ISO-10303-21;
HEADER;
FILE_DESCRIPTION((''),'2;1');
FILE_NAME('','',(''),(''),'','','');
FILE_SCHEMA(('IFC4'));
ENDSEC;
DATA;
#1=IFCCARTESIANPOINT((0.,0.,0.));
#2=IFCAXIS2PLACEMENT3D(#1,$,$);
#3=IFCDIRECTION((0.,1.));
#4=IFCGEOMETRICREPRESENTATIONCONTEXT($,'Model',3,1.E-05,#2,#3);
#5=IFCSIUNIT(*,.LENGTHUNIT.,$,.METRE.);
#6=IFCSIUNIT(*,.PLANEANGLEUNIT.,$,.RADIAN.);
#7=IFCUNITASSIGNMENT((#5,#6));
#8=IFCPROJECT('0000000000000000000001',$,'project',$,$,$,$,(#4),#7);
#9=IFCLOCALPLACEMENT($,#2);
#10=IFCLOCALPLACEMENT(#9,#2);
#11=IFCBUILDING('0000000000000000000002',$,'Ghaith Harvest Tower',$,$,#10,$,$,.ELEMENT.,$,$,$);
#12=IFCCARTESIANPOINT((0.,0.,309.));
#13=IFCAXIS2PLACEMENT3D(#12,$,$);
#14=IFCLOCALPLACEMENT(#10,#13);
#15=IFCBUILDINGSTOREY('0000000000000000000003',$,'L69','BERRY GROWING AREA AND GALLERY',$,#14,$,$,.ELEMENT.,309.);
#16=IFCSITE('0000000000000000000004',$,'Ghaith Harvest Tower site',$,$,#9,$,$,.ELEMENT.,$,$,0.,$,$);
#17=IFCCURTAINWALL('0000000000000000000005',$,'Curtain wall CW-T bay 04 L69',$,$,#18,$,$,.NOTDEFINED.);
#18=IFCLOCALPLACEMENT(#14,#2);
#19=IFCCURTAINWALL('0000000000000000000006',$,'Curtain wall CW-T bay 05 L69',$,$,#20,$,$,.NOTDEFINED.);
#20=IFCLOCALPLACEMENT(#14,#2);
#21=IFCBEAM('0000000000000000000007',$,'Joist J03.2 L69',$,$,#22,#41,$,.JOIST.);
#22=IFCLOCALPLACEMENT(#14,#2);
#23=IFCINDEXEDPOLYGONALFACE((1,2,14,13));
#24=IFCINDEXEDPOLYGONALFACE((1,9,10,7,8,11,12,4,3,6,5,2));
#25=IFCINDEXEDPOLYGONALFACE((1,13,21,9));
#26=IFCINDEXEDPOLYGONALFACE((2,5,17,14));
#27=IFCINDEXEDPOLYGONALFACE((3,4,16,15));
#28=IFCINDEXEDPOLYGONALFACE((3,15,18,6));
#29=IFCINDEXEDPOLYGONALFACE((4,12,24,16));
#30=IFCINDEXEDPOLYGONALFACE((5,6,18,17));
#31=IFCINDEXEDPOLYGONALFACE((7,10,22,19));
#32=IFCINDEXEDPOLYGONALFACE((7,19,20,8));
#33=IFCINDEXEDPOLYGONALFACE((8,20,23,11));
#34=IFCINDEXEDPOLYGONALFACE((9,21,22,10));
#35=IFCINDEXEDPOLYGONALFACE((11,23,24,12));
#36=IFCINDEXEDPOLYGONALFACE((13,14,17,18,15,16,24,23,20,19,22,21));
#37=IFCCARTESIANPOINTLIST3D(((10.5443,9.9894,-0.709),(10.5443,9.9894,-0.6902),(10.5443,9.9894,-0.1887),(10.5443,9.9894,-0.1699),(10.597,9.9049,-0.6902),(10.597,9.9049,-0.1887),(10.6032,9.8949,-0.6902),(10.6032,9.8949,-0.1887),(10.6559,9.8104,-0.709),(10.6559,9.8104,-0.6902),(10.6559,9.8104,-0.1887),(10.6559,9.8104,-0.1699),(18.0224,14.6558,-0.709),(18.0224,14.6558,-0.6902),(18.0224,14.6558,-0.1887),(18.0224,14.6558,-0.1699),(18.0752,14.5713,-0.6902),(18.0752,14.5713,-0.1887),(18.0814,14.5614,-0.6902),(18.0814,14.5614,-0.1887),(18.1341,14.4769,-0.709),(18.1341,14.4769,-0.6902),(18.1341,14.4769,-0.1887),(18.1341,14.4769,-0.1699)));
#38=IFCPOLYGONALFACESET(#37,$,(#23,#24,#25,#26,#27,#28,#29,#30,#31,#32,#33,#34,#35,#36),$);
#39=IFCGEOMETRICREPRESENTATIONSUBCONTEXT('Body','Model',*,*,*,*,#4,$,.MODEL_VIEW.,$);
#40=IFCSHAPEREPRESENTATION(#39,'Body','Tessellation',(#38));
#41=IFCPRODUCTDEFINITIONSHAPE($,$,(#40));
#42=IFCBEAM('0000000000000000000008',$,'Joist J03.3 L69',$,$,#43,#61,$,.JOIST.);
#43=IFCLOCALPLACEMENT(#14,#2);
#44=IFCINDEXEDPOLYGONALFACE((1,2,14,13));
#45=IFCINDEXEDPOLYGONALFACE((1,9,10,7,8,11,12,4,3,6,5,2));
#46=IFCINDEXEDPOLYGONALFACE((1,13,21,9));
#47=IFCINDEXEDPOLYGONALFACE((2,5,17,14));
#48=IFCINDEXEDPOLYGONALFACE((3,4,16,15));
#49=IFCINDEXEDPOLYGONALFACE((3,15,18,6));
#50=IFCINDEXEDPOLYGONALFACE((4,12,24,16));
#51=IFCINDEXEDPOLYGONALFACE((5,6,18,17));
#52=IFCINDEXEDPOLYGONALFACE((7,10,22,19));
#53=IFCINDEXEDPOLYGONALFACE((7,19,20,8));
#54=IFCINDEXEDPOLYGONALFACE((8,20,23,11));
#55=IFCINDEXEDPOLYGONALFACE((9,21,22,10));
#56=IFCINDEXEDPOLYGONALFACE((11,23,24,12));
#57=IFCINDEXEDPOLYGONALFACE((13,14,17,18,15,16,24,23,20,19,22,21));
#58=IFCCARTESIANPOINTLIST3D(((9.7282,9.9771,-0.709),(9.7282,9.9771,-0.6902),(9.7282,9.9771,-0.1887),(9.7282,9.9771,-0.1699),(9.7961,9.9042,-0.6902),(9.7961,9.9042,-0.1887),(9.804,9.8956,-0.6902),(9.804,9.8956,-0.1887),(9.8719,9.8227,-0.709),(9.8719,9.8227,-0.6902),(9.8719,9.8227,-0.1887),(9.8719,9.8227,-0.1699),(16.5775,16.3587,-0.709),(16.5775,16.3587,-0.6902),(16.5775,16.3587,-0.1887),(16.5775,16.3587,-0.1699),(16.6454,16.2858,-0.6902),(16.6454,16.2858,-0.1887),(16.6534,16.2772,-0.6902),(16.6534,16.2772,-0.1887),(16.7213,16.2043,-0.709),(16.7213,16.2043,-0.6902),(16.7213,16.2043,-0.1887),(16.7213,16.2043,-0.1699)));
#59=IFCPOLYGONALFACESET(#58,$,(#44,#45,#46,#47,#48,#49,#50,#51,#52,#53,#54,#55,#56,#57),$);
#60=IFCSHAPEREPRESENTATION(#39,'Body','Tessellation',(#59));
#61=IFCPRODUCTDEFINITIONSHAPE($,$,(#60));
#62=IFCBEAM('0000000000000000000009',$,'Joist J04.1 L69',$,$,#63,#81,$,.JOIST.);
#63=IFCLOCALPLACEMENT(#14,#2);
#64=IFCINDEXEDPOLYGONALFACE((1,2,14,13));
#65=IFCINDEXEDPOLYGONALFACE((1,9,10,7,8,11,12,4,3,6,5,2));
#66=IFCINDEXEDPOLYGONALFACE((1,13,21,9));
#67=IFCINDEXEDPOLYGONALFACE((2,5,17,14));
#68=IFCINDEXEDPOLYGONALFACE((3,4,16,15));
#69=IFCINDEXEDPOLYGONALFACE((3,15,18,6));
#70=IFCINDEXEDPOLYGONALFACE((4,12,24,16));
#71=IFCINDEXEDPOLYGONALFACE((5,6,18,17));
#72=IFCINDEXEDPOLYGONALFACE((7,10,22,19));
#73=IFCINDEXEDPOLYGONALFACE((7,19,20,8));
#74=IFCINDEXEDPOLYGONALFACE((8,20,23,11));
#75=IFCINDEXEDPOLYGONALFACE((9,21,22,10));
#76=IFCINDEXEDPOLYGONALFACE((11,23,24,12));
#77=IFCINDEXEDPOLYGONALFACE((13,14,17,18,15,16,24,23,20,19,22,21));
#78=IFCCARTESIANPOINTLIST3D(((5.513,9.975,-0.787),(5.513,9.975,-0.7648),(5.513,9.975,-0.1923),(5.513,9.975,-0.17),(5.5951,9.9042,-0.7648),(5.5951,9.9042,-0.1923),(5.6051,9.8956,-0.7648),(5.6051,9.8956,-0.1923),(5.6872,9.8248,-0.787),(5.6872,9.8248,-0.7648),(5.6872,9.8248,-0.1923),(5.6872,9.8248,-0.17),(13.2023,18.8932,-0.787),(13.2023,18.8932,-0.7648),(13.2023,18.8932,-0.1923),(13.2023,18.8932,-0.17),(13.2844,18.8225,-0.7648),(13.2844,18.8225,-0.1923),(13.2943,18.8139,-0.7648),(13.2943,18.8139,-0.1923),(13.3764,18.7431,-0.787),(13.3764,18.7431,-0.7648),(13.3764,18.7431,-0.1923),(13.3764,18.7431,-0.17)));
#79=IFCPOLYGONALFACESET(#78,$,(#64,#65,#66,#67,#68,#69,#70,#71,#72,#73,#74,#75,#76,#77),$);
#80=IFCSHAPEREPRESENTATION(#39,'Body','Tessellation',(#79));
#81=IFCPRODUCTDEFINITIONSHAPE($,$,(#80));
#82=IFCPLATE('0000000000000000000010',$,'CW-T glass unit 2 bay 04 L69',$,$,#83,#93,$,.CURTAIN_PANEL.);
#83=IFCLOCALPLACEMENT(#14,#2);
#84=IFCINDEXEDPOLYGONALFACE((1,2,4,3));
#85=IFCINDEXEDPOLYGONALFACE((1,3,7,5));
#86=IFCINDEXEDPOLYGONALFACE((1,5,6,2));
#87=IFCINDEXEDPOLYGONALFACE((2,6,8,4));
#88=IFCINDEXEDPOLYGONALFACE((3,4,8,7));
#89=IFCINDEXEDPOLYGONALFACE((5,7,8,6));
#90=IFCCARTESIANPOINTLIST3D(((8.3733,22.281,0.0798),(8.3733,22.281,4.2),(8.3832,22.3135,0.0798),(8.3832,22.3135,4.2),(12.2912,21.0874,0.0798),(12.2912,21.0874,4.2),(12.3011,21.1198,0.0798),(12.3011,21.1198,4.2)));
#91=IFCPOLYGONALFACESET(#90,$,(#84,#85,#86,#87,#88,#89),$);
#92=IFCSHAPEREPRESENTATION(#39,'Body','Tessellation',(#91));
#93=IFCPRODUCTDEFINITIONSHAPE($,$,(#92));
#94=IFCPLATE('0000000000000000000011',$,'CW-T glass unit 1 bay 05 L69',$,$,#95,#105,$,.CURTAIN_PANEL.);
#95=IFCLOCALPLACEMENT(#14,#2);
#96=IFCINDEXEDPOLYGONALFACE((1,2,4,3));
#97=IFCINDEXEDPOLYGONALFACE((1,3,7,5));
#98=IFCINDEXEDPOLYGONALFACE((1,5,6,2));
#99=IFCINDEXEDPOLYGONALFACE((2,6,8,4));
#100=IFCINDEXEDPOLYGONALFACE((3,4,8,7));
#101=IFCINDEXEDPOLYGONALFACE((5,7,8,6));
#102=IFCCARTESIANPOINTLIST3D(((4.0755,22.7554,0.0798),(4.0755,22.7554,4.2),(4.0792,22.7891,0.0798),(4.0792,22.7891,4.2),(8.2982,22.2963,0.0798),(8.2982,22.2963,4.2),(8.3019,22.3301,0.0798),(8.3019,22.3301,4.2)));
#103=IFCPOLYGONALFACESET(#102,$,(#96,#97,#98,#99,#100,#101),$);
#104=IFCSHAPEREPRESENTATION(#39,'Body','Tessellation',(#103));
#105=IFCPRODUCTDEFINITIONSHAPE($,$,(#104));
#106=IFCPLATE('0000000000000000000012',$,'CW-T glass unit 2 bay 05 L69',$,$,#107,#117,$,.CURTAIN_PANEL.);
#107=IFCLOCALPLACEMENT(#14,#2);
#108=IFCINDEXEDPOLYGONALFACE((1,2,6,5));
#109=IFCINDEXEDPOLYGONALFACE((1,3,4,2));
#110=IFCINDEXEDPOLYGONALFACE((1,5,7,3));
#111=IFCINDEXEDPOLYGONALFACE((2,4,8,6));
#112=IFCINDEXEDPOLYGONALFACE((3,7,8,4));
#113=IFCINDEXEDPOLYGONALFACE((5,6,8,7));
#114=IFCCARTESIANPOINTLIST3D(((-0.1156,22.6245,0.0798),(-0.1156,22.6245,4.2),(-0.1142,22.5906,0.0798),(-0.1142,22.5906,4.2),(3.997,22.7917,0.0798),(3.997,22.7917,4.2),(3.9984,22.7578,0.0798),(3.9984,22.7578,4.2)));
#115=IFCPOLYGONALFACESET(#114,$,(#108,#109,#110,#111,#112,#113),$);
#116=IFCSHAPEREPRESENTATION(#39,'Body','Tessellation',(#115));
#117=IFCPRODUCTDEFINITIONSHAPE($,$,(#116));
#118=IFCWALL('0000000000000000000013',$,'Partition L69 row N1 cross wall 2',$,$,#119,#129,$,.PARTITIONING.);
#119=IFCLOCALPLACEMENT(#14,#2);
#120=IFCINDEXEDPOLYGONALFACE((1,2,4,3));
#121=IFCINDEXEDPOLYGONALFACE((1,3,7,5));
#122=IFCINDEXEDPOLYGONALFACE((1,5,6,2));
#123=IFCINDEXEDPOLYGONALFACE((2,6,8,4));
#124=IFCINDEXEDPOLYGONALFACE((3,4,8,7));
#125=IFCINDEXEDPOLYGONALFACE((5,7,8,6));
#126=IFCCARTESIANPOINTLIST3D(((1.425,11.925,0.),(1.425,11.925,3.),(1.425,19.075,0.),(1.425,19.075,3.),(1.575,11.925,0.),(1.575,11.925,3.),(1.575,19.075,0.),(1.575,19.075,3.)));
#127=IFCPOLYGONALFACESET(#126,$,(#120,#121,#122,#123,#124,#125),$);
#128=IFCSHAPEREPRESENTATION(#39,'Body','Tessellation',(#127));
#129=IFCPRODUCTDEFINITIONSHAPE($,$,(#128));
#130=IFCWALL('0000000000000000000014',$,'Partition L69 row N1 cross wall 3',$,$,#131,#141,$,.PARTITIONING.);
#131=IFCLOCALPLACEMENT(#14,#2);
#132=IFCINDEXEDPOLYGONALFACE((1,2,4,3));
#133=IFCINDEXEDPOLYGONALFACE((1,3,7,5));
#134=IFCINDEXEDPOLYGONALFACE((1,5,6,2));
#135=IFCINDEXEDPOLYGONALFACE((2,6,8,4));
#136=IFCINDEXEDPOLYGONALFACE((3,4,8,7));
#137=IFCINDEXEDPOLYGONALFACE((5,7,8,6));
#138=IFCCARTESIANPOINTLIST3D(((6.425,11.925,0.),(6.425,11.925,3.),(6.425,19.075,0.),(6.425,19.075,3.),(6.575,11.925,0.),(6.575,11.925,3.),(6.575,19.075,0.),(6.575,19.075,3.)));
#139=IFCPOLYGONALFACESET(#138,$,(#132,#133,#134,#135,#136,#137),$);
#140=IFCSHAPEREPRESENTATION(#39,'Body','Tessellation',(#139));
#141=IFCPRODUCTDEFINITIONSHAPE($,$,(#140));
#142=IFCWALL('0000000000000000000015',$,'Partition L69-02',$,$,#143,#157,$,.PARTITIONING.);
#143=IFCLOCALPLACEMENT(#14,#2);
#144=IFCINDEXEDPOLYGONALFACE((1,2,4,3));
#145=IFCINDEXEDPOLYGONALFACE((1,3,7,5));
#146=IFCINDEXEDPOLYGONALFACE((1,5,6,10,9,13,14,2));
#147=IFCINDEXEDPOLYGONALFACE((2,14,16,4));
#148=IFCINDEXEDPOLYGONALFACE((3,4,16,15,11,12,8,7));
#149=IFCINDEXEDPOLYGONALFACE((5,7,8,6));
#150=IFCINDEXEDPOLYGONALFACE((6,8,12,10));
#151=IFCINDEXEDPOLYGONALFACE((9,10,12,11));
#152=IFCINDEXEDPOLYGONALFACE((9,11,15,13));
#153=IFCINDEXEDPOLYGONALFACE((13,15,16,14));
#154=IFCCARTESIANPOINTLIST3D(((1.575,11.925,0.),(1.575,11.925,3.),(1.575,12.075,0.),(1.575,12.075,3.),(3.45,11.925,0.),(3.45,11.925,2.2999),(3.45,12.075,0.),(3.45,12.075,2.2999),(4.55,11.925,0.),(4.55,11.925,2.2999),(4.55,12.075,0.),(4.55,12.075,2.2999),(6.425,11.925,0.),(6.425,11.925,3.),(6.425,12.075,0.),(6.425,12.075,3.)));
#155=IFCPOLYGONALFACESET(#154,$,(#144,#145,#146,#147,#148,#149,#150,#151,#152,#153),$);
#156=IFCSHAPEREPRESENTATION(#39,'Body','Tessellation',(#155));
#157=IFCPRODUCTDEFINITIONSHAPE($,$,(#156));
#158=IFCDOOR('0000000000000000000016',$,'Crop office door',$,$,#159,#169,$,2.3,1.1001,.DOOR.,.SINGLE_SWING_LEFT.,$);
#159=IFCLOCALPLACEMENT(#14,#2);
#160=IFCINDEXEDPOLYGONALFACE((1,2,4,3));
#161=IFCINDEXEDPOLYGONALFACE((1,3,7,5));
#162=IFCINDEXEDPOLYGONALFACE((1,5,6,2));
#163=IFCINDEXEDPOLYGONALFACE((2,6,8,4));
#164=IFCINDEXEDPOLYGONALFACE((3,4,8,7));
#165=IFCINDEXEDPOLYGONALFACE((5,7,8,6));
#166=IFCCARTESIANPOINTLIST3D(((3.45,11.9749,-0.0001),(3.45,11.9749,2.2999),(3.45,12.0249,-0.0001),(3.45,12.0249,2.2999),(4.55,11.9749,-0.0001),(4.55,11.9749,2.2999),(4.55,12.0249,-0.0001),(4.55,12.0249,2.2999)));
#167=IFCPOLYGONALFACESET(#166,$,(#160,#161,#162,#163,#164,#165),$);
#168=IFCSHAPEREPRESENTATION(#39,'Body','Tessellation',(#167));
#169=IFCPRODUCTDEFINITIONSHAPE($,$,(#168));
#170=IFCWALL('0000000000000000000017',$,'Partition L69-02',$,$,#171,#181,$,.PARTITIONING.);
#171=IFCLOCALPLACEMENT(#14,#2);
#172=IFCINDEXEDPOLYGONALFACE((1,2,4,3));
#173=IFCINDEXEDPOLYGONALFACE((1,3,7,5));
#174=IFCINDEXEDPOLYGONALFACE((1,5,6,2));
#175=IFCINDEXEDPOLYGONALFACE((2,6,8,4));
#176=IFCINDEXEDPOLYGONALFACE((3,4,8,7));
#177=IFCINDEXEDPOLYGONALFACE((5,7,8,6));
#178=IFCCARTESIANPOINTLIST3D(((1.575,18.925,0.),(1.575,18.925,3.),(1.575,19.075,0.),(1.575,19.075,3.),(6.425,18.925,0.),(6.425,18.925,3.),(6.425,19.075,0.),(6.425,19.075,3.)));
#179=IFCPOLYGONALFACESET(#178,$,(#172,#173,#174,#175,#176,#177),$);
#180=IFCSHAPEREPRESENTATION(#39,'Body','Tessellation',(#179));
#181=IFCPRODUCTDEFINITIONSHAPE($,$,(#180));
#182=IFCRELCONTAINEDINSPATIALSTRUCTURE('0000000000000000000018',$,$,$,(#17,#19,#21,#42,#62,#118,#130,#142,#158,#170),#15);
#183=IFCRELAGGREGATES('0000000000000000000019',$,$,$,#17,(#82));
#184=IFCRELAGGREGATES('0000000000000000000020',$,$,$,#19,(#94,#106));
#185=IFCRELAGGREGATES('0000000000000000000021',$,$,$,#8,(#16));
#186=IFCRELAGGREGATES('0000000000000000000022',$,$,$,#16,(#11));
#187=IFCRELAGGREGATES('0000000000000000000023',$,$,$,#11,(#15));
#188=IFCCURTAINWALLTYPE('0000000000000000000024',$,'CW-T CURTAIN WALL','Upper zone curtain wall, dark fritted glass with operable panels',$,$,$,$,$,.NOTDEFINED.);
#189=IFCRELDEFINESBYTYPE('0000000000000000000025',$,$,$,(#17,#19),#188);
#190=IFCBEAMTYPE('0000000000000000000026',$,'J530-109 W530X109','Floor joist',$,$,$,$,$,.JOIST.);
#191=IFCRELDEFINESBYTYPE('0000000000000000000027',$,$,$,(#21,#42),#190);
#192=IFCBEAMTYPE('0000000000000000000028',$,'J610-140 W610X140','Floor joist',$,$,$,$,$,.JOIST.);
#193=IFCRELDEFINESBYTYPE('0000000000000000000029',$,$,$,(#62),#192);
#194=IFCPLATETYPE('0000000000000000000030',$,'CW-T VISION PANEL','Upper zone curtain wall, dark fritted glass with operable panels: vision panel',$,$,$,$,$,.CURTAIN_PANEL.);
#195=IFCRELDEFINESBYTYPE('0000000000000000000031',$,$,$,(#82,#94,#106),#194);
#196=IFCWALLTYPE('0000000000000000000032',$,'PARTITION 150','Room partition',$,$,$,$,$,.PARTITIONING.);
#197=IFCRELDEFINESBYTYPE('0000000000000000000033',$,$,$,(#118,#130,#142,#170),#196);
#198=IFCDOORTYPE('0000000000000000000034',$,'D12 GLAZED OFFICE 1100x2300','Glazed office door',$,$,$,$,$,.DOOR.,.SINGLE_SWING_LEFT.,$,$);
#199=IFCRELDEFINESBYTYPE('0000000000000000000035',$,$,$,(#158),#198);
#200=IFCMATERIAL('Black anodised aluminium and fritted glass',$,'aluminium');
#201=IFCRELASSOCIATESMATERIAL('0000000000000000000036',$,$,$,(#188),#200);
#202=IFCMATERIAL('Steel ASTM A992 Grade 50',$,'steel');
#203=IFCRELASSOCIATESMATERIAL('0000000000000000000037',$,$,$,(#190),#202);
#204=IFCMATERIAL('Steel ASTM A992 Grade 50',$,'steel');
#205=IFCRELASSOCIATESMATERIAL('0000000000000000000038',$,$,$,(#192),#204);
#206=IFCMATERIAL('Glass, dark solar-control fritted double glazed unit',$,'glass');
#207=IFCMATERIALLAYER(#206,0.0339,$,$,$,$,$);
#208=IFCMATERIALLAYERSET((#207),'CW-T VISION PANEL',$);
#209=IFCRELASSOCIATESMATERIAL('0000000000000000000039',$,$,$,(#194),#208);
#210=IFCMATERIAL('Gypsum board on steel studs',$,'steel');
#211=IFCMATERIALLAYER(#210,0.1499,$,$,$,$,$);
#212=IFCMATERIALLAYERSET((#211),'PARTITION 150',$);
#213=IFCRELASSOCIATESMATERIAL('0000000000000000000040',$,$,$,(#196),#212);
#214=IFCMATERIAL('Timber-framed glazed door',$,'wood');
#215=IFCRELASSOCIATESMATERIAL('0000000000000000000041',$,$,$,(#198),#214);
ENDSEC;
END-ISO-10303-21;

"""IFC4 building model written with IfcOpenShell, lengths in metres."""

from ifc_helpers import new_model, si_unit, direction, frame, frame_2d, origin, origin_2d, place, context, subcontext, project, spatial, rectangle, i_section, extrude, material, layer, layer_set, material_profile, profile_set, type_object, element, fill, aggregate, save


model = new_model("IFC4")

# Units and contexts
model_context = context("Model", 3, precision=1e-05, world=origin(), true_north=direction((0.0, 1.0)))
body_context = subcontext(model_context, "Body", "Model", "MODEL_VIEW")
ifc_project = project(units=[si_unit("LENGTHUNIT", "METRE"), si_unit("PLANEANGLEUNIT", "RADIAN")], contexts=[model_context])

# Site, building, storey
site_placement = place(None, origin())
site = spatial("IfcSite", under=ifc_project, at=site_placement, Name="Ghaith Harvest Tower site", CompositionType="ELEMENT", RefElevation=0.0)
building_placement = place(site_placement, origin())
building = spatial("IfcBuilding", under=site, at=building_placement, Name="Ghaith Harvest Tower", CompositionType="ELEMENT")
storey_placement = place(building_placement, frame((0.0, 0.0, 309.0)))
storey = spatial("IfcBuildingStorey", under=building, at=storey_placement, Name="L69", Description="BERRY GROWING AREA AND GALLERY", CompositionType="ELEMENT", Elevation=309.0)

# Curtain wall
ifc_material_1 = material(Name="Black anodised aluminium and fritted glass", Category="aluminium")
curtain_wall_type = type_object("IfcCurtainWallType", Name="CW-T CURTAIN WALL", Description="Upper zone curtain wall, dark fritted glass with operable panels", PredefinedType="NOTDEFINED", material=ifc_material_1)
curtain_wall_1_placement = place(storey_placement, origin())
curtain_wall_1 = element("IfcCurtainWall", 1, at=curtain_wall_1_placement, inside=storey, type_object=curtain_wall_type, Name="Curtain wall CW-T bay 04 L69", PredefinedType="NOTDEFINED")

# Curtain wall
curtain_wall_2_placement = place(storey_placement, origin())
curtain_wall_2 = element("IfcCurtainWall", 2, at=curtain_wall_2_placement, inside=storey, type_object=curtain_wall_type, Name="Curtain wall CW-T bay 05 L69", PredefinedType="NOTDEFINED")

# Beams
ifc_material_2 = material(Name="Steel ASTM A992 Grade 50", Category="steel")
ifc_material_profile_1 = material_profile(ifc_material_2, i_section(OverallWidth=0.2109, OverallDepth=0.5391, WebThickness=0.0117, FlangeThickness=0.0188, at=origin_2d()), Name="W530X109")
ifc_profile_set_1 = profile_set([ifc_material_profile_1], Name="Steel ASTM A992 Grade 50")
beam_type_1 = type_object("IfcBeamType", Name="J530-109 W530X109", Description="Floor joist", PredefinedType="JOIST", material=ifc_profile_set_1)
beam_1_placement = place(storey_placement, frame((10.6001, 9.8999, -0.4395), z_axis=(0.848376, 0.529394, 0.0), x_axis=(-0.529394, 0.848376, 0.0)))
element("IfcBeam", 3, at=beam_1_placement, inside=storey, type_object=beam_type_1, Name="Joist J03.2 L69", PredefinedType="JOIST", context=body_context, shape_type="SweptSolid", body=[
    extrude(i_section(OverallWidth=0.2109, OverallDepth=0.5391, WebThickness=0.0117, FlangeThickness=0.0188, at=origin_2d()), origin(), (0.0, 0.0, 1.0), 8.8147),
])
beam_2_placement = place(storey_placement, frame((9.8, 9.8999, -0.4395), z_axis=(0.731649, 0.681682, 0.0), x_axis=(-0.681682, 0.731649, 0.0)))
element("IfcBeam", 4, at=beam_2_placement, inside=storey, type_object=beam_type_1, Name="Joist J03.3 L69", PredefinedType="JOIST", context=body_context, shape_type="SweptSolid", body=[
    extrude(i_section(OverallWidth=0.2109, OverallDepth=0.5391, WebThickness=0.0117, FlangeThickness=0.0188, at=origin_2d()), origin(), (0.0, 0.0, 1.0), 9.3616),
])
ifc_material_3 = material(Name="Steel ASTM A992 Grade 50", Category="steel")
ifc_material_profile_2 = material_profile(ifc_material_3, i_section(OverallWidth=0.23, OverallDepth=0.6169, WebThickness=0.0132, FlangeThickness=0.0222, at=origin_2d()), Name="W610X140")
ifc_profile_set_2 = profile_set([ifc_material_profile_2], Name="Steel ASTM A992 Grade 50")
beam_type_2 = type_object("IfcBeamType", Name="J610-140 W610X140", Description="Floor joist", PredefinedType="JOIST", material=ifc_profile_set_2)
beam_3_placement = place(storey_placement, frame((5.6001, 9.8999, -0.4785), z_axis=(0.652993, 0.757364, 0.0), x_axis=(-0.757364, 0.652993, 0.0)))
element("IfcBeam", 5, at=beam_3_placement, inside=storey, type_object=beam_type_2, Name="Joist J04.1 L69", PredefinedType="JOIST", context=body_context, shape_type="SweptSolid", body=[
    extrude(i_section(OverallWidth=0.23, OverallDepth=0.6169, WebThickness=0.0132, FlangeThickness=0.0222, at=origin_2d()), origin(), (0.0, 0.0, 1.0), 11.7754),
])

# Plates
ifc_material_4 = material(Name="Glass, dark solar-control fritted double glazed unit", Category="glass")
ifc_layer_1 = layer(ifc_material_4, 0.0339)
ifc_layer_set_1 = layer_set([ifc_layer_1], Name="CW-T VISION PANEL")
plate_type = type_object("IfcPlateType", Name="CW-T VISION PANEL", Description="Upper zone curtain wall, dark fritted glass with operable panels: vision panel", PredefinedType="CURTAIN_PANEL", material=ifc_layer_set_1)
plate_1_placement = place(storey_placement, frame((10.3372, 21.7004, 0.0798), z_axis=(0.0, 0.0, 1.0), x_axis=(-0.956588, 0.291445, 0.0)))
plate_1 = element("IfcPlate", 6, at=plate_1_placement, type_object=plate_type, Name="CW-T glass unit 2 bay 04 L69", PredefinedType="CURTAIN_PANEL", context=body_context, shape_type="SweptSolid", body=[
    extrude(rectangle(XDim=4.0957, YDim=0.0339, at=origin_2d()), origin(), (0.0, 0.0, 1.0), 4.1201),
])
aggregate(curtain_wall_1, [plate_1])
plate_2_placement = place(storey_placement, frame((6.1887, 22.5427, 0.0798), z_axis=(0.0, 0.0, 1.0), x_axis=(-0.994143, 0.108074, 0.0)))
plate_2 = element("IfcPlate", 7, at=plate_2_placement, type_object=plate_type, Name="CW-T glass unit 1 bay 05 L69", PredefinedType="CURTAIN_PANEL", context=body_context, shape_type="SweptSolid", body=[
    extrude(rectangle(XDim=4.2476, YDim=0.0339, at=origin_2d()), origin(), (0.0, 0.0, 1.0), 4.1201),
])
plate_3_placement = place(storey_placement, frame((1.9414, 22.6912, 0.0798), z_axis=(0.0, 0.0, 1.0), x_axis=(-0.999174, -0.040638, 0.0)))
plate_3 = element("IfcPlate", 8, at=plate_3_placement, type_object=plate_type, Name="CW-T glass unit 2 bay 05 L69", PredefinedType="CURTAIN_PANEL", context=body_context, shape_type="SweptSolid", body=[
    extrude(rectangle(XDim=4.116, YDim=0.0339, at=origin_2d()), origin(), (0.0, 0.0, 1.0), 4.1201),
])
aggregate(curtain_wall_2, [plate_2, plate_3])

# Walls
ifc_material_5 = material(Name="Gypsum board on steel studs", Category="steel")
ifc_layer_2 = layer(ifc_material_5, 0.1499)
ifc_layer_set_2 = layer_set([ifc_layer_2], Name="PARTITION 150")
wall_type = type_object("IfcWallType", Name="PARTITION 150", Description="Room partition", PredefinedType="PARTITIONING", material=ifc_layer_set_2)
for number, where, z_axis, x_axis, name in (
    (9, (1.5, 11.925, 0.0), (0.0, 0.0, 1.0), (0.0, 1.0, 0.0), "Partition L69 row N1 cross wall 2"),
    (10, (6.5, 11.925, 0.0), (0.0, 0.0, 1.0), (0.0, 1.0, 0.0), "Partition L69 row N1 cross wall 3"),
):
    element("IfcWall", number, at=place(storey_placement, frame(where, z_axis=z_axis, x_axis=x_axis)), inside=storey, type_object=wall_type, Name=name, PredefinedType="PARTITIONING", context=body_context, shape_type="SweptSolid", body=[
        extrude(rectangle(XDim=7.1499, YDim=0.1499, at=frame_2d((3.575, 0.0))), origin(), (0.0, 0.0, 1.0), 3.0),
    ])

# Wall, opening, door
wall_1_placement = place(storey_placement, frame((1.575, 12.0, 0.0), z_axis=(0.0, 0.0, 1.0), x_axis=(1.0, 0.0, 0.0)))
wall_1 = element("IfcWall", 11, at=wall_1_placement, inside=storey, type_object=wall_type, Name="Partition L69-02", PredefinedType="PARTITIONING", context=body_context, shape_type="SweptSolid", body=[
    extrude(rectangle(XDim=4.8501, YDim=0.1499, at=frame_2d((2.425, 0.0))), origin(), (0.0, 0.0, 1.0), 3.0),
])
opening_1_placement = place(wall_1_placement, frame((1.875, 0.0, 0.0)))
opening_1 = element("IfcOpeningElement", 12, at=opening_1_placement, cuts=wall_1, PredefinedType="OPENING", context=body_context, shape_type="SweptSolid", body=[
    extrude(rectangle(XDim=1.1001, YDim=2.3, at=frame_2d((0.55, 1.1499))), frame((0.0, 0.085, 0.0), z_axis=(0.0, -1.0, 0.0), x_axis=(1.0, 0.0, 0.0)), (0.0, 0.0, 1.0), 0.1699),
])
ifc_material_6 = material(Name="Timber-framed glazed door", Category="wood")
door_type_1 = type_object("IfcDoorType", Name="D12 GLAZED OFFICE 1100x2300", Description="Glazed office door", OperationType="SINGLE_SWING_LEFT", PredefinedType="DOOR", material=ifc_material_6)
door_1_placement = place(opening_1_placement, origin())
door_1 = element("IfcDoor", 13, at=door_1_placement, inside=storey, type_object=door_type_1, Name="Crop office door", OperationType="SINGLE_SWING_LEFT", OverallHeight=2.3, OverallWidth=1.1001, PredefinedType="DOOR", context=body_context, shape_type="SweptSolid", body=[
    extrude(rectangle(XDim=1.1001, YDim=2.3, at=frame_2d((0.55, 1.1499))), frame((0.0, 0.0249, 0.0), z_axis=(0.0, -1.0, 0.0), x_axis=(1.0, 0.0, 0.0)), (0.0, 0.0, 1.0), 0.05),
])
fill(opening_1, door_1)

# Wall
wall_2_placement = place(storey_placement, frame((1.575, 19.0, 0.0), z_axis=(0.0, 0.0, 1.0), x_axis=(1.0, 0.0, 0.0)))
element("IfcWall", 14, at=wall_2_placement, inside=storey, type_object=wall_type, Name="Partition L69-02", PredefinedType="PARTITIONING", context=body_context, shape_type="SweptSolid", body=[
    extrude(rectangle(XDim=4.8501, YDim=0.1499, at=frame_2d((2.425, 0.0))), origin(), (0.0, 0.0, 1.0), 3.0),
])

save(model, "model.ifc")
